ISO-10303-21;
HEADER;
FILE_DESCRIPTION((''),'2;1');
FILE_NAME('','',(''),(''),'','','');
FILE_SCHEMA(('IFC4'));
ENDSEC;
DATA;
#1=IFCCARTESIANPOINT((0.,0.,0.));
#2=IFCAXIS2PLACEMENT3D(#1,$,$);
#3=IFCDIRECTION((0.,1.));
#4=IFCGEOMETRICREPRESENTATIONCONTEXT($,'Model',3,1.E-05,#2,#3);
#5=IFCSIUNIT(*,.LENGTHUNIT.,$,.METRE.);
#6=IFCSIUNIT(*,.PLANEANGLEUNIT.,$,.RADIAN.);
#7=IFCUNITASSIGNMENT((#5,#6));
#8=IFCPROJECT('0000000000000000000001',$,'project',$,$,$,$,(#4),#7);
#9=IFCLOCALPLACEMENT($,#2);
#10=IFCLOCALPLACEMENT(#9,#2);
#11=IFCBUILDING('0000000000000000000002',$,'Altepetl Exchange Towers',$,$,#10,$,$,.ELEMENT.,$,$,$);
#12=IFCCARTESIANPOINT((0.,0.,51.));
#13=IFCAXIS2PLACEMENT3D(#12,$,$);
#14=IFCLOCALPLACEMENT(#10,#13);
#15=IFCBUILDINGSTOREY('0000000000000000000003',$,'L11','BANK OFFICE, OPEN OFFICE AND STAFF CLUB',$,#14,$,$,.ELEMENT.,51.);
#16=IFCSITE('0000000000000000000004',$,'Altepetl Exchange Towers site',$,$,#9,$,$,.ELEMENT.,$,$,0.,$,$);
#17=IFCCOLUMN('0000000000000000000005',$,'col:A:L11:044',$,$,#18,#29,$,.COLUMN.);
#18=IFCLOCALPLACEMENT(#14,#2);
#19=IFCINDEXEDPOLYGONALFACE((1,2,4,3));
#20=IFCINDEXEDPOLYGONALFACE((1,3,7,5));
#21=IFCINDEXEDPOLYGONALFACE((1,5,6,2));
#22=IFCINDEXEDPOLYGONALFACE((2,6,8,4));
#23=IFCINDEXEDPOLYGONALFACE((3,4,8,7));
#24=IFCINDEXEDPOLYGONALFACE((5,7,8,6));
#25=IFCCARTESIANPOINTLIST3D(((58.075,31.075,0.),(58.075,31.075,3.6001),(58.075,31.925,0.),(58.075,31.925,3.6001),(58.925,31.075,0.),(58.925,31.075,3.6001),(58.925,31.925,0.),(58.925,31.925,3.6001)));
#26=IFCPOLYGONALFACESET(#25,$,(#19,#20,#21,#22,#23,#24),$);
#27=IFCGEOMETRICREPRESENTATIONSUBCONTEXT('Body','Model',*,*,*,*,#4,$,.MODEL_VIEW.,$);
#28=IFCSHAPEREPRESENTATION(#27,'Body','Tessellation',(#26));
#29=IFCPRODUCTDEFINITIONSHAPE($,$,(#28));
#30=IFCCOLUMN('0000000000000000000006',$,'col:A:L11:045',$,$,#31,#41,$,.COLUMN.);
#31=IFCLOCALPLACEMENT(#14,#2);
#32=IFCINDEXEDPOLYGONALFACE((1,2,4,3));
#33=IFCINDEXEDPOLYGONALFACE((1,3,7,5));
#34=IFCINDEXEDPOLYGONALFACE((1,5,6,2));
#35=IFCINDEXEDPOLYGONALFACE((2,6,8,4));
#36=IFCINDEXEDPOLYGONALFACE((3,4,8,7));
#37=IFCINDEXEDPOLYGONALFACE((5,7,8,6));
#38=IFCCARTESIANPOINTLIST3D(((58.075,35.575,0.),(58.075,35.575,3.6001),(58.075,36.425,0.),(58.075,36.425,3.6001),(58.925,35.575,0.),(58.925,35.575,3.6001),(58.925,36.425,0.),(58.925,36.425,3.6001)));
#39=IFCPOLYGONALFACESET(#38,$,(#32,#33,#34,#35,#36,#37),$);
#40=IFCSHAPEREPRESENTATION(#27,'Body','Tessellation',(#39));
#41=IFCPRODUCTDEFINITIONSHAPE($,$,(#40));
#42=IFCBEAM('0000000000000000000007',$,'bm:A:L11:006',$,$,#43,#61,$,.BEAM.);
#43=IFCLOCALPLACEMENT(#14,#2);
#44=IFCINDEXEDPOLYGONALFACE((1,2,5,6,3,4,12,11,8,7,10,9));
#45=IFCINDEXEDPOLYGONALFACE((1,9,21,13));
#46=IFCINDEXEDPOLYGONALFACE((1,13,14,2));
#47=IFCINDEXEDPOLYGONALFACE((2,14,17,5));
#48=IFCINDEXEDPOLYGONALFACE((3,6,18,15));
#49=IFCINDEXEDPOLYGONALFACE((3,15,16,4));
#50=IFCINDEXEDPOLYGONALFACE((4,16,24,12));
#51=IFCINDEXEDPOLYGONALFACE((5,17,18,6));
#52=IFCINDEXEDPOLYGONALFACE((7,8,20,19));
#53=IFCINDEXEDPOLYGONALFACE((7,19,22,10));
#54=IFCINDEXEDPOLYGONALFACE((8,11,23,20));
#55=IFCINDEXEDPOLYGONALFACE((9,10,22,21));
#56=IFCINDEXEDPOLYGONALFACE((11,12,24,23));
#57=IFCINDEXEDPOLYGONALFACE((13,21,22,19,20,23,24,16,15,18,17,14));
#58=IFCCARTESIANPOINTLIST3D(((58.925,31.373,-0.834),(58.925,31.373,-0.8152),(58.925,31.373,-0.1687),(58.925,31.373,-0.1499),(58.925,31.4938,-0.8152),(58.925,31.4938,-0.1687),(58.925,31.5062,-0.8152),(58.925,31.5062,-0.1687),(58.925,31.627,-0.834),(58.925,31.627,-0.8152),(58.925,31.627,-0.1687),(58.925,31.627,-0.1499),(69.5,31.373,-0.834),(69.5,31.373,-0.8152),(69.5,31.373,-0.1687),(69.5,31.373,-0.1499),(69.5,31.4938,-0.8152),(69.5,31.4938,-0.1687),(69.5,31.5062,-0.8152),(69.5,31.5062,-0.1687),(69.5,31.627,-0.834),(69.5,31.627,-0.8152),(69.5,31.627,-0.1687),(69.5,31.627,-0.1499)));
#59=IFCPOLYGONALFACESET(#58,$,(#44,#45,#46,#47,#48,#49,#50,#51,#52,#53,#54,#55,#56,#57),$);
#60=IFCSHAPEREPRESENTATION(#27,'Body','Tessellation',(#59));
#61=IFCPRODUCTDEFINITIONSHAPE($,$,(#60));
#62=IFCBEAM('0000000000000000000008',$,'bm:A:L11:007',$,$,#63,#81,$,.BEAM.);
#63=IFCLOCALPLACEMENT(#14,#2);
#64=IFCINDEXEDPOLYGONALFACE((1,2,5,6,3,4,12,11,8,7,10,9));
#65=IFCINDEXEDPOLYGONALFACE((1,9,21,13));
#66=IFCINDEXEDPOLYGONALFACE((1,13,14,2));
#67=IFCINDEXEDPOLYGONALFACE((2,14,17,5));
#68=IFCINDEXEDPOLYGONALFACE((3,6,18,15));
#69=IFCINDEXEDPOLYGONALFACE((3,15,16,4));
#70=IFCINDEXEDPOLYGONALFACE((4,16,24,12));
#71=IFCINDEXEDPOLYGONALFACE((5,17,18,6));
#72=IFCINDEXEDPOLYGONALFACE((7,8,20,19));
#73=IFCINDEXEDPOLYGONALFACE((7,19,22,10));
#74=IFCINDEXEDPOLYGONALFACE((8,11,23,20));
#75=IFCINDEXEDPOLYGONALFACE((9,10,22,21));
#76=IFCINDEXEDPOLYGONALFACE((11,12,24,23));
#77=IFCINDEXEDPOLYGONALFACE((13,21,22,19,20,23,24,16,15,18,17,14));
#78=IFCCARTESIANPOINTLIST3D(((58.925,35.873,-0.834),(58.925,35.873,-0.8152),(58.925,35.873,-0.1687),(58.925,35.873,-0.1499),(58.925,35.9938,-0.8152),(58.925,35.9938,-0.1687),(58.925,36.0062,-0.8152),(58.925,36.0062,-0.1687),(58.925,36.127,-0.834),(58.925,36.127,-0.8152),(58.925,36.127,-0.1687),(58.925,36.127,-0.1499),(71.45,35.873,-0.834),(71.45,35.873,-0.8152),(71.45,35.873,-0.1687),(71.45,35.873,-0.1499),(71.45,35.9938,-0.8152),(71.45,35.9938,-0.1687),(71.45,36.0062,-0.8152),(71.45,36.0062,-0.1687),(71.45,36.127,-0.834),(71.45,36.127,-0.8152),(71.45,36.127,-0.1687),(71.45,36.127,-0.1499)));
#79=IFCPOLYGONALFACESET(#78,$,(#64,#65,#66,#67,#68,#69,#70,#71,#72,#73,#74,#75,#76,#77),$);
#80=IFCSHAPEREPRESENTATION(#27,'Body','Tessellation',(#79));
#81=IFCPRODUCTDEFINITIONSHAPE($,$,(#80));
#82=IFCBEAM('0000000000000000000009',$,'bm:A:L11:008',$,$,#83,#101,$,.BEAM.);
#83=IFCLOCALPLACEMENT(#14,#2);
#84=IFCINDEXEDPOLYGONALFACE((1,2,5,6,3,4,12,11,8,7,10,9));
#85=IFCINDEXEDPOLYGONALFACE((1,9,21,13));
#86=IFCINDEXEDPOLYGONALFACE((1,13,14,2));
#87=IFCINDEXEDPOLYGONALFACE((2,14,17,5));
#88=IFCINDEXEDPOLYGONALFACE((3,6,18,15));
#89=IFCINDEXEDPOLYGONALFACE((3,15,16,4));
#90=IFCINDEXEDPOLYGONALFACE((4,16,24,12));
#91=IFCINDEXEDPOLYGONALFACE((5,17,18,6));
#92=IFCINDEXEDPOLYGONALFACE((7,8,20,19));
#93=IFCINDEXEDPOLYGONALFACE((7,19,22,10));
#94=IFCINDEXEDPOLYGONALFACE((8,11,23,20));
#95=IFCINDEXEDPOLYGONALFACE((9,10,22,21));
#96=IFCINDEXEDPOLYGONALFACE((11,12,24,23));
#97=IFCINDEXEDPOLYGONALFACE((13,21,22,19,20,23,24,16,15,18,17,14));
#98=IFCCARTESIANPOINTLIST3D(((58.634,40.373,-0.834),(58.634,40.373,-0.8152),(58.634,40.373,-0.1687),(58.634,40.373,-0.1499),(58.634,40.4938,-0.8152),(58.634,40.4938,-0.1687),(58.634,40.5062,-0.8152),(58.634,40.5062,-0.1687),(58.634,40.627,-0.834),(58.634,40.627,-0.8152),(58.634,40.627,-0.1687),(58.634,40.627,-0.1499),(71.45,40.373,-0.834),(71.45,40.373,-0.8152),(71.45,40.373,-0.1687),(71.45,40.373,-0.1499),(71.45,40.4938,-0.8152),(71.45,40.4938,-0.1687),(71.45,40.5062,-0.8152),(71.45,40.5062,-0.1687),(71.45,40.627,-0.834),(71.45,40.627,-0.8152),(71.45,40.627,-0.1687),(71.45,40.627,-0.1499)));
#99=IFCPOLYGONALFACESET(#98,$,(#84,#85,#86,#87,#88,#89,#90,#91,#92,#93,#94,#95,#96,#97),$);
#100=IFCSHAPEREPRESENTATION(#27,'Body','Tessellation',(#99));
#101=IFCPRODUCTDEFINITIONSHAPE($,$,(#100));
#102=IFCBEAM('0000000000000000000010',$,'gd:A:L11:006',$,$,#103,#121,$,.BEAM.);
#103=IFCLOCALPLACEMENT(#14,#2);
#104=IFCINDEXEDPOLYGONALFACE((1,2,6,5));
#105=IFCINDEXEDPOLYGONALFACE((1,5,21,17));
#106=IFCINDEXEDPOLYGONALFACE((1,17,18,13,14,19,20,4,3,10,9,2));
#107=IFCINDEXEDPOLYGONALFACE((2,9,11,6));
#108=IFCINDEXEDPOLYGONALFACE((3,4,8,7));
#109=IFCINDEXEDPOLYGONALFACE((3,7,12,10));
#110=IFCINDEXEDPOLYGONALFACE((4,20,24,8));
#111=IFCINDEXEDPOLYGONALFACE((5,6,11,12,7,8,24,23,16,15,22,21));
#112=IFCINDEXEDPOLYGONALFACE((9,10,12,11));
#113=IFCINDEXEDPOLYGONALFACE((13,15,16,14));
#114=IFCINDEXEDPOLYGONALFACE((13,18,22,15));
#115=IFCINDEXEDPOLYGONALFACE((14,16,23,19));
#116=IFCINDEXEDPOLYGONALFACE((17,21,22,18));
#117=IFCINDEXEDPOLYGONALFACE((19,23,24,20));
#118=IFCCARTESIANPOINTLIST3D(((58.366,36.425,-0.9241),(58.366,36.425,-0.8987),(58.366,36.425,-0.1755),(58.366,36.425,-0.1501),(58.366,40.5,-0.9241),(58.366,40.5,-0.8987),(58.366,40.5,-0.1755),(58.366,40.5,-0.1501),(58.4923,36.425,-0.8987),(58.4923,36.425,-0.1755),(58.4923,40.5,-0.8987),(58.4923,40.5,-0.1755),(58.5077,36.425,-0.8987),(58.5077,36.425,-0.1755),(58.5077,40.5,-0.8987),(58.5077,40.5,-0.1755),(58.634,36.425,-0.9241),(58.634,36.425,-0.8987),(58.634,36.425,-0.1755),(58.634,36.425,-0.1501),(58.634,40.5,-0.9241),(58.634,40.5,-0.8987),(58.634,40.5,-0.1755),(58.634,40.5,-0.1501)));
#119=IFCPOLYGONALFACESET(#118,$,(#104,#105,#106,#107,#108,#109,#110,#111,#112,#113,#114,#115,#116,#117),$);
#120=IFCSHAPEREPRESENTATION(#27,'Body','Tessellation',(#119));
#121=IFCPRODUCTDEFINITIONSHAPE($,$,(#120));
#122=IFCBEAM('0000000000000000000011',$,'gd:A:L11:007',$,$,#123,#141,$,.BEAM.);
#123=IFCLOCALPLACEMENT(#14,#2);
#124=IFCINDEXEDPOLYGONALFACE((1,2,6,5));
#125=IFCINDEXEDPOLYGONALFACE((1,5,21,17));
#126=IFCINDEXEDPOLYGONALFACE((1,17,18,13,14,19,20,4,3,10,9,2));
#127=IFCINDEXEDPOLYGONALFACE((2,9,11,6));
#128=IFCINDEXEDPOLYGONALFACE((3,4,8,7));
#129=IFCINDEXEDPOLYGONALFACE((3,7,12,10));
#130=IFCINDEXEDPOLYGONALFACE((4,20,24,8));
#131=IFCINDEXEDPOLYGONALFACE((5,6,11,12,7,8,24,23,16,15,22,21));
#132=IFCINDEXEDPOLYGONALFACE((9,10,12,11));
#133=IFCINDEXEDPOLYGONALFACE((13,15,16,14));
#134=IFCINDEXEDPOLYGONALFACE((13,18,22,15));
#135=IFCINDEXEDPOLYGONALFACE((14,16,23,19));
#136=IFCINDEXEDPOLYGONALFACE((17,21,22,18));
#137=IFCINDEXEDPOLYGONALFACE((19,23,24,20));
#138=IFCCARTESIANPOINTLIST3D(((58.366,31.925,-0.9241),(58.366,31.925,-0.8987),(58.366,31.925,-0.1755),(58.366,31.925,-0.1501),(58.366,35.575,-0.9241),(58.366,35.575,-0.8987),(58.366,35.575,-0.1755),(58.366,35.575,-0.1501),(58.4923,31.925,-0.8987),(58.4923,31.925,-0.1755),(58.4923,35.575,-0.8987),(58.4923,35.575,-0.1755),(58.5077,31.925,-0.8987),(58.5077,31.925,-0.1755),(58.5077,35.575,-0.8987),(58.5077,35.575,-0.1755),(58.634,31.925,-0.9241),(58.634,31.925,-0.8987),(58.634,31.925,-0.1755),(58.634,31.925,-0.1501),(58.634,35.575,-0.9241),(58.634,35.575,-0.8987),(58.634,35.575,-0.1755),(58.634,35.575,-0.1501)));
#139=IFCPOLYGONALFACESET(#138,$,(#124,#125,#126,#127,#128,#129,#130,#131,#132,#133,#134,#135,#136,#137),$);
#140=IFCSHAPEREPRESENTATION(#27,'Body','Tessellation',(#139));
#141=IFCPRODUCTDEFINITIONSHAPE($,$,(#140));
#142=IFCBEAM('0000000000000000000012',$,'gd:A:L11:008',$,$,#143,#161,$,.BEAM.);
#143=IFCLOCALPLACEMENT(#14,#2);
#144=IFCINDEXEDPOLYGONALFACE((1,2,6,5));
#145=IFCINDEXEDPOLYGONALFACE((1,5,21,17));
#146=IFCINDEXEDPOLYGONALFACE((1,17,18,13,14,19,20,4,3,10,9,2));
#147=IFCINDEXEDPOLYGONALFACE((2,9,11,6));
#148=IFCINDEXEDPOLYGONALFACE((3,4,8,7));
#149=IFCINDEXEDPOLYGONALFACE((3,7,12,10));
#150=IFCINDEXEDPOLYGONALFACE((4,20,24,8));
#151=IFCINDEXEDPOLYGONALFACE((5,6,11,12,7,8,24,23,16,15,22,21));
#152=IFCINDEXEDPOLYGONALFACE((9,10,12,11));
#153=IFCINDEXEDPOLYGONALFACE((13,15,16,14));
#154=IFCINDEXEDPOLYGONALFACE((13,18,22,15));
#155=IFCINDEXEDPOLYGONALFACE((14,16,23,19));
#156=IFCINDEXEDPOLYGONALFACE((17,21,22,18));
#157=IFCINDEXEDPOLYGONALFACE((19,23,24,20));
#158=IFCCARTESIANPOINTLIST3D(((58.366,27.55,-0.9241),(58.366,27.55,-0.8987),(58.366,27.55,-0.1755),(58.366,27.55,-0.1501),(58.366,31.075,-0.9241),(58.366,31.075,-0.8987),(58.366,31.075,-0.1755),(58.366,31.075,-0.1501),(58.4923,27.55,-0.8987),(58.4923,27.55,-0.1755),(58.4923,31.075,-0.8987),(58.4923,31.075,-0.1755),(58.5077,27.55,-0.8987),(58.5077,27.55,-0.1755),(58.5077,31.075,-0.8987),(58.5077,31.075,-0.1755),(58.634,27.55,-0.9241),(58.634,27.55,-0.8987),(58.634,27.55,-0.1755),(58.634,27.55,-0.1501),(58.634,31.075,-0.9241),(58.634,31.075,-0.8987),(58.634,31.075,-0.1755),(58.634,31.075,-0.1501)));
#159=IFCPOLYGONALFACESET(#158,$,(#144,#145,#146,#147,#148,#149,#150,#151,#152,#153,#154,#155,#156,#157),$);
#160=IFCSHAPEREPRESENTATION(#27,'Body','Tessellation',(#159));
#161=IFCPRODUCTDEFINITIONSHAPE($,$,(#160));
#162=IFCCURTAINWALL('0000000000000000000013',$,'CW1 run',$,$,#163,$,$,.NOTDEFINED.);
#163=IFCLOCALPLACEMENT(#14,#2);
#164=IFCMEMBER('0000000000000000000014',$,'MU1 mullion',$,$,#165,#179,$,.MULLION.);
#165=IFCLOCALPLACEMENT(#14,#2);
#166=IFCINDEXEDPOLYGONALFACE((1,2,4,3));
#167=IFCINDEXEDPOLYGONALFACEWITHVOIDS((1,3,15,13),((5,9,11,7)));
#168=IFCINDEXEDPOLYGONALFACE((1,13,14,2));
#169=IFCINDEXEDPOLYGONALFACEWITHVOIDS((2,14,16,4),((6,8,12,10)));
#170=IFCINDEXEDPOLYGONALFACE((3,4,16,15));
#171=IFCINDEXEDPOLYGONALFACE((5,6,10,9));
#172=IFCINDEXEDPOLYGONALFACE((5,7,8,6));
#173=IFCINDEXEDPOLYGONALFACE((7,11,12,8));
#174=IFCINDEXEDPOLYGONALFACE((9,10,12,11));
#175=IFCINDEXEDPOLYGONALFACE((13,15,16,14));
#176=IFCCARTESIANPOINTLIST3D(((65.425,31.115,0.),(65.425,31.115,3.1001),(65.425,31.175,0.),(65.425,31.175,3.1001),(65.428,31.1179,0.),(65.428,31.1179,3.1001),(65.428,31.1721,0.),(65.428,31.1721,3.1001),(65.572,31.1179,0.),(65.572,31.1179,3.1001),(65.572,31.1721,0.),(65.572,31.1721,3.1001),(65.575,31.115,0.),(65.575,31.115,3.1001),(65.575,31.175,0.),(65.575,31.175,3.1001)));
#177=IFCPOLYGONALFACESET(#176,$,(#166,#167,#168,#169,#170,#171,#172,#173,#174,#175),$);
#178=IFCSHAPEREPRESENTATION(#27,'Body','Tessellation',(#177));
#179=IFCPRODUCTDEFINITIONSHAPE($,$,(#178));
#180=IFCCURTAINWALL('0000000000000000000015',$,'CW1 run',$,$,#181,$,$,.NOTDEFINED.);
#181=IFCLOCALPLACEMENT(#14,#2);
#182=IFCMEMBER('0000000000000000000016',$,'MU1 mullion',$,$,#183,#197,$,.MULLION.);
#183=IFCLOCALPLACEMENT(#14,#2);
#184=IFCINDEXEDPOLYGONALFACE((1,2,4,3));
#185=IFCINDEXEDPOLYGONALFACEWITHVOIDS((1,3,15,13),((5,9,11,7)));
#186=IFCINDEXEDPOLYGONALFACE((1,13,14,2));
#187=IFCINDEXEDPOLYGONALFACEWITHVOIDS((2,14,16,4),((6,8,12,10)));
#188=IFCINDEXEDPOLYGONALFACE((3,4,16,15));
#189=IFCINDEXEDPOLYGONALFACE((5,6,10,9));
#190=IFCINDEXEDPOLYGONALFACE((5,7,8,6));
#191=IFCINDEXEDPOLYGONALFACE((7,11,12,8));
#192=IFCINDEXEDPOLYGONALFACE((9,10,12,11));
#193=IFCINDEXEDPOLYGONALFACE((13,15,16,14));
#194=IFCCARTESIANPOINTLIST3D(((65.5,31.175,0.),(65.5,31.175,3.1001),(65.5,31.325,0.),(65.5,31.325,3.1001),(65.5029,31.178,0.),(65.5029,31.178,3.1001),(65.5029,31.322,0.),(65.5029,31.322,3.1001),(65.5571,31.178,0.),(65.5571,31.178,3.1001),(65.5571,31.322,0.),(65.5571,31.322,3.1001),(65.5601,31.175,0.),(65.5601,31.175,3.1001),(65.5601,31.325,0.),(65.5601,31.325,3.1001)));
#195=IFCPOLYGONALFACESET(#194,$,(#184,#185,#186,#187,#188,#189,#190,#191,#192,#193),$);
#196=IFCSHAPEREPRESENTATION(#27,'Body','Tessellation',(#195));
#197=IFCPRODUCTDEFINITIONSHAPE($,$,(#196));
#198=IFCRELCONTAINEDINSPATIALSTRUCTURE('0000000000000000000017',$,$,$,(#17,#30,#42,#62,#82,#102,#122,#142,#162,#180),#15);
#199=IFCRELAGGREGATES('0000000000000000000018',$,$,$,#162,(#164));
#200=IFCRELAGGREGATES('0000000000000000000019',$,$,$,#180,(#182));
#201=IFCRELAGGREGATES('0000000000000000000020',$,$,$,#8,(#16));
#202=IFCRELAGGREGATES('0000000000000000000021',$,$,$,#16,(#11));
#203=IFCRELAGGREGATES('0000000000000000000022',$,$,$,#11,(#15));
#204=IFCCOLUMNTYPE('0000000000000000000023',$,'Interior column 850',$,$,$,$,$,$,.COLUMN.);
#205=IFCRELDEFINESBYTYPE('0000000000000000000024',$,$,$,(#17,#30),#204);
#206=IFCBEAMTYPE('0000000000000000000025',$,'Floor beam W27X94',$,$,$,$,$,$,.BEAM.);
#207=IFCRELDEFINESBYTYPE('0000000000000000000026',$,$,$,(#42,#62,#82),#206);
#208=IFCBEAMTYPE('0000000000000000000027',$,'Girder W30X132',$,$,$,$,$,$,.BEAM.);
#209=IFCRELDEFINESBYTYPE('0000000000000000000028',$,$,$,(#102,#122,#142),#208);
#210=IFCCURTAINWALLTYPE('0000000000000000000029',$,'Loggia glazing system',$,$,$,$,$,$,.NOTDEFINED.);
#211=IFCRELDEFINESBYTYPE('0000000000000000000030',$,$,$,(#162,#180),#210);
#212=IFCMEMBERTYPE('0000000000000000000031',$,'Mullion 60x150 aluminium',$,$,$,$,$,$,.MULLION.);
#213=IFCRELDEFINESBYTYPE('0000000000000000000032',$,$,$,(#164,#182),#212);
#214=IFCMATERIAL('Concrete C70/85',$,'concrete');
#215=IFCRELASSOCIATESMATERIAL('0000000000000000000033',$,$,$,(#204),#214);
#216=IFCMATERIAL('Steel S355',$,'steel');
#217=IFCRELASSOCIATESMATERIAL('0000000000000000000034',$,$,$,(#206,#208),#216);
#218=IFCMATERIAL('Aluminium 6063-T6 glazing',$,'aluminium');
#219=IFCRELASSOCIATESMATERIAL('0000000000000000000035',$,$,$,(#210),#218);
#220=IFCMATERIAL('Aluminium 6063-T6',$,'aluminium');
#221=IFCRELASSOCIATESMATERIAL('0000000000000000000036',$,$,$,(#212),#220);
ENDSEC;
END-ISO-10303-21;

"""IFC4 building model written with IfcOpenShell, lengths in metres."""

from ifc_helpers import new_model, si_unit, direction, frame, origin, origin_2d, place, context, subcontext, project, spatial, rectangle, hollow_rectangle, i_section, extrude, material, material_profile, profile_set, type_object, element, aggregate, save


model = new_model("IFC4")

# Units and contexts
model_context = context("Model", 3, precision=1e-05, world=origin(), true_north=direction((0.0, 1.0)))
body_context = subcontext(model_context, "Body", "Model", "MODEL_VIEW")
ifc_project = project(units=[si_unit("LENGTHUNIT", "METRE"), si_unit("PLANEANGLEUNIT", "RADIAN")], contexts=[model_context])

# Site, building, storey
site_placement = place(None, origin())
site = spatial("IfcSite", under=ifc_project, at=site_placement, Name="Altepetl Exchange Towers site", CompositionType="ELEMENT", RefElevation=0.0)
building_placement = place(site_placement, origin())
building = spatial("IfcBuilding", under=site, at=building_placement, Name="Altepetl Exchange Towers", CompositionType="ELEMENT")
storey_placement = place(building_placement, frame((0.0, 0.0, 51.0)))
storey = spatial("IfcBuildingStorey", under=building, at=storey_placement, Name="L11", Description="BANK OFFICE, OPEN OFFICE AND STAFF CLUB", CompositionType="ELEMENT", Elevation=51.0)

# Columns
ifc_material_1 = material(Name="Concrete C70/85", Category="concrete")
ifc_material_profile_1 = material_profile(ifc_material_1, rectangle(XDim=0.8501, YDim=0.8501, at=origin_2d()), Name="850 x 850")
ifc_profile_set_1 = profile_set([ifc_material_profile_1], Name="Concrete C70/85")
column_type = type_object("IfcColumnType", Name="Interior column 850", PredefinedType="COLUMN", material=ifc_profile_set_1)
for number, where, name in (
    (1, (58.5, 31.5, 0.0), "col:A:L11:044"),
    (2, (58.5, 36.0, 0.0), "col:A:L11:045"),
):
    element("IfcColumn", number, at=place(storey_placement, frame(where)), inside=storey, type_object=column_type, Name=name, PredefinedType="COLUMN", context=body_context, shape_type="SweptSolid", body=[
        extrude(rectangle(XDim=0.8501, YDim=0.8501, at=origin_2d()), origin(), (0.0, 0.0, 1.0), 3.6001),
    ])

# Beams
ifc_material_2 = material(Name="Steel S355", Category="steel")
ifc_material_profile_2 = material_profile(ifc_material_2, i_section(OverallWidth=0.2539, OverallDepth=0.6841, WebThickness=0.0125, FlangeThickness=0.0188, at=origin_2d()), Name="W27X94")
ifc_profile_set_2 = profile_set([ifc_material_profile_2], Name="Steel S355")
beam_type_1 = type_object("IfcBeamType", Name="Floor beam W27X94", PredefinedType="BEAM", material=ifc_profile_set_2)
beam_1_placement = place(storey_placement, frame((58.925, 31.5, -0.4919), z_axis=(1.0, 0.0, 0.0), x_axis=(0.0, 1.0, 0.0)))
element("IfcBeam", 3, at=beam_1_placement, inside=storey, type_object=beam_type_1, Name="bm:A:L11:006", PredefinedType="BEAM", context=body_context, shape_type="SweptSolid", body=[
    extrude(i_section(OverallWidth=0.2539, OverallDepth=0.6841, WebThickness=0.0125, FlangeThickness=0.0188, at=origin_2d()), origin(), (0.0, 0.0, 1.0), 10.575),
])
beam_2_placement = place(storey_placement, frame((58.925, 36.0, -0.4919), z_axis=(1.0, 0.0, 0.0), x_axis=(0.0, 1.0, 0.0)))
element("IfcBeam", 4, at=beam_2_placement, inside=storey, type_object=beam_type_1, Name="bm:A:L11:007", PredefinedType="BEAM", context=body_context, shape_type="SweptSolid", body=[
    extrude(i_section(OverallWidth=0.2539, OverallDepth=0.6841, WebThickness=0.0125, FlangeThickness=0.0188, at=origin_2d()), origin(), (0.0, 0.0, 1.0), 12.5249),
])
beam_3_placement = place(storey_placement, frame((58.634, 40.5, -0.4919), z_axis=(1.0, 0.0, 0.0), x_axis=(0.0, 1.0, 0.0)))
element("IfcBeam", 5, at=beam_3_placement, inside=storey, type_object=beam_type_1, Name="bm:A:L11:008", PredefinedType="BEAM", context=body_context, shape_type="SweptSolid", body=[
    extrude(i_section(OverallWidth=0.2539, OverallDepth=0.6841, WebThickness=0.0125, FlangeThickness=0.0188, at=origin_2d()), origin(), (0.0, 0.0, 1.0), 12.8159),
])
ifc_material_profile_3 = material_profile(ifc_material_2, i_section(OverallWidth=0.2681, OverallDepth=0.7739, WebThickness=0.0154, FlangeThickness=0.0254, at=origin_2d()), Name="W30X132")
ifc_profile_set_3 = profile_set([ifc_material_profile_3], Name="Steel S355")
beam_type_2 = type_object("IfcBeamType", Name="Girder W30X132", PredefinedType="BEAM", material=ifc_profile_set_3)
beam_4_placement = place(storey_placement, frame((58.5, 40.5, -0.5371), z_axis=(0.0, -1.0, 0.0), x_axis=(1.0, 0.0, 0.0)))
element("IfcBeam", 6, at=beam_4_placement, inside=storey, type_object=beam_type_2, Name="gd:A:L11:006", PredefinedType="BEAM", context=body_context, shape_type="SweptSolid", body=[
    extrude(i_section(OverallWidth=0.2681, OverallDepth=0.7739, WebThickness=0.0154, FlangeThickness=0.0254, at=origin_2d()), origin(), (0.0, 0.0, 1.0), 4.075),
])
beam_5_placement = place(storey_placement, frame((58.5, 35.575, -0.5371), z_axis=(0.0, -1.0, 0.0), x_axis=(1.0, 0.0, 0.0)))
element("IfcBeam", 7, at=beam_5_placement, inside=storey, type_object=beam_type_2, Name="gd:A:L11:007", PredefinedType="BEAM", context=body_context, shape_type="SweptSolid", body=[
    extrude(i_section(OverallWidth=0.2681, OverallDepth=0.7739, WebThickness=0.0154, FlangeThickness=0.0254, at=origin_2d()), origin(), (0.0, 0.0, 1.0), 3.6499),
])
beam_6_placement = place(storey_placement, frame((58.5, 31.075, -0.5371), z_axis=(0.0, -1.0, 0.0), x_axis=(1.0, 0.0, 0.0)))
element("IfcBeam", 8, at=beam_6_placement, inside=storey, type_object=beam_type_2, Name="gd:A:L11:008", PredefinedType="BEAM", context=body_context, shape_type="SweptSolid", body=[
    extrude(i_section(OverallWidth=0.2681, OverallDepth=0.7739, WebThickness=0.0154, FlangeThickness=0.0254, at=origin_2d()), origin(), (0.0, 0.0, 1.0), 3.5249),
])

# Curtain walls, members
ifc_material_3 = material(Name="Aluminium 6063-T6 glazing", Category="aluminium")
curtain_wall_type = type_object("IfcCurtainWallType", Name="Loggia glazing system", PredefinedType="NOTDEFINED", material=ifc_material_3)
curtain_wall_1_placement = place(storey_placement, origin())
curtain_wall_1 = element("IfcCurtainWall", 9, at=curtain_wall_1_placement, inside=storey, type_object=curtain_wall_type, Name="CW1 run", PredefinedType="NOTDEFINED")
ifc_material_4 = material(Name="Aluminium 6063-T6", Category="aluminium")
ifc_material_profile_4 = material_profile(ifc_material_4, hollow_rectangle(XDim=0.0601, YDim=0.1499, WallThickness=0.0029, at=origin_2d()), Name="Mullion 60x150 aluminium")
ifc_profile_set_4 = profile_set([ifc_material_profile_4], Name="Aluminium 6063-T6")
member_type = type_object("IfcMemberType", Name="Mullion 60x150 aluminium", PredefinedType="MULLION", material=ifc_profile_set_4)
member_1_placement = place(storey_placement, frame((65.5, 31.145, 0.0), z_axis=(0.0, 0.0, 1.0), x_axis=(0.0, 1.0, 0.0)))
member_1 = element("IfcMember", 10, at=member_1_placement, type_object=member_type, Name="MU1 mullion", PredefinedType="MULLION", context=body_context, shape_type="SweptSolid", body=[
    extrude(hollow_rectangle(XDim=0.0601, YDim=0.1499, WallThickness=0.0029, at=origin_2d()), origin(), (0.0, 0.0, 1.0), 3.1001),
])
curtain_wall_2_placement = place(storey_placement, origin())
curtain_wall_2 = element("IfcCurtainWall", 11, at=curtain_wall_2_placement, inside=storey, type_object=curtain_wall_type, Name="CW1 run", PredefinedType="NOTDEFINED")
member_2_placement = place(storey_placement, frame((65.53, 31.25, 0.0)))
member_2 = element("IfcMember", 12, at=member_2_placement, type_object=member_type, Name="MU1 mullion", PredefinedType="MULLION", context=body_context, shape_type="SweptSolid", body=[
    extrude(hollow_rectangle(XDim=0.0601, YDim=0.1499, WallThickness=0.0029, at=origin_2d()), origin(), (0.0, 0.0, 1.0), 3.1001),
])

aggregate(curtain_wall_1, [member_1])
aggregate(curtain_wall_2, [member_2])

save(model, "model.ifc")
